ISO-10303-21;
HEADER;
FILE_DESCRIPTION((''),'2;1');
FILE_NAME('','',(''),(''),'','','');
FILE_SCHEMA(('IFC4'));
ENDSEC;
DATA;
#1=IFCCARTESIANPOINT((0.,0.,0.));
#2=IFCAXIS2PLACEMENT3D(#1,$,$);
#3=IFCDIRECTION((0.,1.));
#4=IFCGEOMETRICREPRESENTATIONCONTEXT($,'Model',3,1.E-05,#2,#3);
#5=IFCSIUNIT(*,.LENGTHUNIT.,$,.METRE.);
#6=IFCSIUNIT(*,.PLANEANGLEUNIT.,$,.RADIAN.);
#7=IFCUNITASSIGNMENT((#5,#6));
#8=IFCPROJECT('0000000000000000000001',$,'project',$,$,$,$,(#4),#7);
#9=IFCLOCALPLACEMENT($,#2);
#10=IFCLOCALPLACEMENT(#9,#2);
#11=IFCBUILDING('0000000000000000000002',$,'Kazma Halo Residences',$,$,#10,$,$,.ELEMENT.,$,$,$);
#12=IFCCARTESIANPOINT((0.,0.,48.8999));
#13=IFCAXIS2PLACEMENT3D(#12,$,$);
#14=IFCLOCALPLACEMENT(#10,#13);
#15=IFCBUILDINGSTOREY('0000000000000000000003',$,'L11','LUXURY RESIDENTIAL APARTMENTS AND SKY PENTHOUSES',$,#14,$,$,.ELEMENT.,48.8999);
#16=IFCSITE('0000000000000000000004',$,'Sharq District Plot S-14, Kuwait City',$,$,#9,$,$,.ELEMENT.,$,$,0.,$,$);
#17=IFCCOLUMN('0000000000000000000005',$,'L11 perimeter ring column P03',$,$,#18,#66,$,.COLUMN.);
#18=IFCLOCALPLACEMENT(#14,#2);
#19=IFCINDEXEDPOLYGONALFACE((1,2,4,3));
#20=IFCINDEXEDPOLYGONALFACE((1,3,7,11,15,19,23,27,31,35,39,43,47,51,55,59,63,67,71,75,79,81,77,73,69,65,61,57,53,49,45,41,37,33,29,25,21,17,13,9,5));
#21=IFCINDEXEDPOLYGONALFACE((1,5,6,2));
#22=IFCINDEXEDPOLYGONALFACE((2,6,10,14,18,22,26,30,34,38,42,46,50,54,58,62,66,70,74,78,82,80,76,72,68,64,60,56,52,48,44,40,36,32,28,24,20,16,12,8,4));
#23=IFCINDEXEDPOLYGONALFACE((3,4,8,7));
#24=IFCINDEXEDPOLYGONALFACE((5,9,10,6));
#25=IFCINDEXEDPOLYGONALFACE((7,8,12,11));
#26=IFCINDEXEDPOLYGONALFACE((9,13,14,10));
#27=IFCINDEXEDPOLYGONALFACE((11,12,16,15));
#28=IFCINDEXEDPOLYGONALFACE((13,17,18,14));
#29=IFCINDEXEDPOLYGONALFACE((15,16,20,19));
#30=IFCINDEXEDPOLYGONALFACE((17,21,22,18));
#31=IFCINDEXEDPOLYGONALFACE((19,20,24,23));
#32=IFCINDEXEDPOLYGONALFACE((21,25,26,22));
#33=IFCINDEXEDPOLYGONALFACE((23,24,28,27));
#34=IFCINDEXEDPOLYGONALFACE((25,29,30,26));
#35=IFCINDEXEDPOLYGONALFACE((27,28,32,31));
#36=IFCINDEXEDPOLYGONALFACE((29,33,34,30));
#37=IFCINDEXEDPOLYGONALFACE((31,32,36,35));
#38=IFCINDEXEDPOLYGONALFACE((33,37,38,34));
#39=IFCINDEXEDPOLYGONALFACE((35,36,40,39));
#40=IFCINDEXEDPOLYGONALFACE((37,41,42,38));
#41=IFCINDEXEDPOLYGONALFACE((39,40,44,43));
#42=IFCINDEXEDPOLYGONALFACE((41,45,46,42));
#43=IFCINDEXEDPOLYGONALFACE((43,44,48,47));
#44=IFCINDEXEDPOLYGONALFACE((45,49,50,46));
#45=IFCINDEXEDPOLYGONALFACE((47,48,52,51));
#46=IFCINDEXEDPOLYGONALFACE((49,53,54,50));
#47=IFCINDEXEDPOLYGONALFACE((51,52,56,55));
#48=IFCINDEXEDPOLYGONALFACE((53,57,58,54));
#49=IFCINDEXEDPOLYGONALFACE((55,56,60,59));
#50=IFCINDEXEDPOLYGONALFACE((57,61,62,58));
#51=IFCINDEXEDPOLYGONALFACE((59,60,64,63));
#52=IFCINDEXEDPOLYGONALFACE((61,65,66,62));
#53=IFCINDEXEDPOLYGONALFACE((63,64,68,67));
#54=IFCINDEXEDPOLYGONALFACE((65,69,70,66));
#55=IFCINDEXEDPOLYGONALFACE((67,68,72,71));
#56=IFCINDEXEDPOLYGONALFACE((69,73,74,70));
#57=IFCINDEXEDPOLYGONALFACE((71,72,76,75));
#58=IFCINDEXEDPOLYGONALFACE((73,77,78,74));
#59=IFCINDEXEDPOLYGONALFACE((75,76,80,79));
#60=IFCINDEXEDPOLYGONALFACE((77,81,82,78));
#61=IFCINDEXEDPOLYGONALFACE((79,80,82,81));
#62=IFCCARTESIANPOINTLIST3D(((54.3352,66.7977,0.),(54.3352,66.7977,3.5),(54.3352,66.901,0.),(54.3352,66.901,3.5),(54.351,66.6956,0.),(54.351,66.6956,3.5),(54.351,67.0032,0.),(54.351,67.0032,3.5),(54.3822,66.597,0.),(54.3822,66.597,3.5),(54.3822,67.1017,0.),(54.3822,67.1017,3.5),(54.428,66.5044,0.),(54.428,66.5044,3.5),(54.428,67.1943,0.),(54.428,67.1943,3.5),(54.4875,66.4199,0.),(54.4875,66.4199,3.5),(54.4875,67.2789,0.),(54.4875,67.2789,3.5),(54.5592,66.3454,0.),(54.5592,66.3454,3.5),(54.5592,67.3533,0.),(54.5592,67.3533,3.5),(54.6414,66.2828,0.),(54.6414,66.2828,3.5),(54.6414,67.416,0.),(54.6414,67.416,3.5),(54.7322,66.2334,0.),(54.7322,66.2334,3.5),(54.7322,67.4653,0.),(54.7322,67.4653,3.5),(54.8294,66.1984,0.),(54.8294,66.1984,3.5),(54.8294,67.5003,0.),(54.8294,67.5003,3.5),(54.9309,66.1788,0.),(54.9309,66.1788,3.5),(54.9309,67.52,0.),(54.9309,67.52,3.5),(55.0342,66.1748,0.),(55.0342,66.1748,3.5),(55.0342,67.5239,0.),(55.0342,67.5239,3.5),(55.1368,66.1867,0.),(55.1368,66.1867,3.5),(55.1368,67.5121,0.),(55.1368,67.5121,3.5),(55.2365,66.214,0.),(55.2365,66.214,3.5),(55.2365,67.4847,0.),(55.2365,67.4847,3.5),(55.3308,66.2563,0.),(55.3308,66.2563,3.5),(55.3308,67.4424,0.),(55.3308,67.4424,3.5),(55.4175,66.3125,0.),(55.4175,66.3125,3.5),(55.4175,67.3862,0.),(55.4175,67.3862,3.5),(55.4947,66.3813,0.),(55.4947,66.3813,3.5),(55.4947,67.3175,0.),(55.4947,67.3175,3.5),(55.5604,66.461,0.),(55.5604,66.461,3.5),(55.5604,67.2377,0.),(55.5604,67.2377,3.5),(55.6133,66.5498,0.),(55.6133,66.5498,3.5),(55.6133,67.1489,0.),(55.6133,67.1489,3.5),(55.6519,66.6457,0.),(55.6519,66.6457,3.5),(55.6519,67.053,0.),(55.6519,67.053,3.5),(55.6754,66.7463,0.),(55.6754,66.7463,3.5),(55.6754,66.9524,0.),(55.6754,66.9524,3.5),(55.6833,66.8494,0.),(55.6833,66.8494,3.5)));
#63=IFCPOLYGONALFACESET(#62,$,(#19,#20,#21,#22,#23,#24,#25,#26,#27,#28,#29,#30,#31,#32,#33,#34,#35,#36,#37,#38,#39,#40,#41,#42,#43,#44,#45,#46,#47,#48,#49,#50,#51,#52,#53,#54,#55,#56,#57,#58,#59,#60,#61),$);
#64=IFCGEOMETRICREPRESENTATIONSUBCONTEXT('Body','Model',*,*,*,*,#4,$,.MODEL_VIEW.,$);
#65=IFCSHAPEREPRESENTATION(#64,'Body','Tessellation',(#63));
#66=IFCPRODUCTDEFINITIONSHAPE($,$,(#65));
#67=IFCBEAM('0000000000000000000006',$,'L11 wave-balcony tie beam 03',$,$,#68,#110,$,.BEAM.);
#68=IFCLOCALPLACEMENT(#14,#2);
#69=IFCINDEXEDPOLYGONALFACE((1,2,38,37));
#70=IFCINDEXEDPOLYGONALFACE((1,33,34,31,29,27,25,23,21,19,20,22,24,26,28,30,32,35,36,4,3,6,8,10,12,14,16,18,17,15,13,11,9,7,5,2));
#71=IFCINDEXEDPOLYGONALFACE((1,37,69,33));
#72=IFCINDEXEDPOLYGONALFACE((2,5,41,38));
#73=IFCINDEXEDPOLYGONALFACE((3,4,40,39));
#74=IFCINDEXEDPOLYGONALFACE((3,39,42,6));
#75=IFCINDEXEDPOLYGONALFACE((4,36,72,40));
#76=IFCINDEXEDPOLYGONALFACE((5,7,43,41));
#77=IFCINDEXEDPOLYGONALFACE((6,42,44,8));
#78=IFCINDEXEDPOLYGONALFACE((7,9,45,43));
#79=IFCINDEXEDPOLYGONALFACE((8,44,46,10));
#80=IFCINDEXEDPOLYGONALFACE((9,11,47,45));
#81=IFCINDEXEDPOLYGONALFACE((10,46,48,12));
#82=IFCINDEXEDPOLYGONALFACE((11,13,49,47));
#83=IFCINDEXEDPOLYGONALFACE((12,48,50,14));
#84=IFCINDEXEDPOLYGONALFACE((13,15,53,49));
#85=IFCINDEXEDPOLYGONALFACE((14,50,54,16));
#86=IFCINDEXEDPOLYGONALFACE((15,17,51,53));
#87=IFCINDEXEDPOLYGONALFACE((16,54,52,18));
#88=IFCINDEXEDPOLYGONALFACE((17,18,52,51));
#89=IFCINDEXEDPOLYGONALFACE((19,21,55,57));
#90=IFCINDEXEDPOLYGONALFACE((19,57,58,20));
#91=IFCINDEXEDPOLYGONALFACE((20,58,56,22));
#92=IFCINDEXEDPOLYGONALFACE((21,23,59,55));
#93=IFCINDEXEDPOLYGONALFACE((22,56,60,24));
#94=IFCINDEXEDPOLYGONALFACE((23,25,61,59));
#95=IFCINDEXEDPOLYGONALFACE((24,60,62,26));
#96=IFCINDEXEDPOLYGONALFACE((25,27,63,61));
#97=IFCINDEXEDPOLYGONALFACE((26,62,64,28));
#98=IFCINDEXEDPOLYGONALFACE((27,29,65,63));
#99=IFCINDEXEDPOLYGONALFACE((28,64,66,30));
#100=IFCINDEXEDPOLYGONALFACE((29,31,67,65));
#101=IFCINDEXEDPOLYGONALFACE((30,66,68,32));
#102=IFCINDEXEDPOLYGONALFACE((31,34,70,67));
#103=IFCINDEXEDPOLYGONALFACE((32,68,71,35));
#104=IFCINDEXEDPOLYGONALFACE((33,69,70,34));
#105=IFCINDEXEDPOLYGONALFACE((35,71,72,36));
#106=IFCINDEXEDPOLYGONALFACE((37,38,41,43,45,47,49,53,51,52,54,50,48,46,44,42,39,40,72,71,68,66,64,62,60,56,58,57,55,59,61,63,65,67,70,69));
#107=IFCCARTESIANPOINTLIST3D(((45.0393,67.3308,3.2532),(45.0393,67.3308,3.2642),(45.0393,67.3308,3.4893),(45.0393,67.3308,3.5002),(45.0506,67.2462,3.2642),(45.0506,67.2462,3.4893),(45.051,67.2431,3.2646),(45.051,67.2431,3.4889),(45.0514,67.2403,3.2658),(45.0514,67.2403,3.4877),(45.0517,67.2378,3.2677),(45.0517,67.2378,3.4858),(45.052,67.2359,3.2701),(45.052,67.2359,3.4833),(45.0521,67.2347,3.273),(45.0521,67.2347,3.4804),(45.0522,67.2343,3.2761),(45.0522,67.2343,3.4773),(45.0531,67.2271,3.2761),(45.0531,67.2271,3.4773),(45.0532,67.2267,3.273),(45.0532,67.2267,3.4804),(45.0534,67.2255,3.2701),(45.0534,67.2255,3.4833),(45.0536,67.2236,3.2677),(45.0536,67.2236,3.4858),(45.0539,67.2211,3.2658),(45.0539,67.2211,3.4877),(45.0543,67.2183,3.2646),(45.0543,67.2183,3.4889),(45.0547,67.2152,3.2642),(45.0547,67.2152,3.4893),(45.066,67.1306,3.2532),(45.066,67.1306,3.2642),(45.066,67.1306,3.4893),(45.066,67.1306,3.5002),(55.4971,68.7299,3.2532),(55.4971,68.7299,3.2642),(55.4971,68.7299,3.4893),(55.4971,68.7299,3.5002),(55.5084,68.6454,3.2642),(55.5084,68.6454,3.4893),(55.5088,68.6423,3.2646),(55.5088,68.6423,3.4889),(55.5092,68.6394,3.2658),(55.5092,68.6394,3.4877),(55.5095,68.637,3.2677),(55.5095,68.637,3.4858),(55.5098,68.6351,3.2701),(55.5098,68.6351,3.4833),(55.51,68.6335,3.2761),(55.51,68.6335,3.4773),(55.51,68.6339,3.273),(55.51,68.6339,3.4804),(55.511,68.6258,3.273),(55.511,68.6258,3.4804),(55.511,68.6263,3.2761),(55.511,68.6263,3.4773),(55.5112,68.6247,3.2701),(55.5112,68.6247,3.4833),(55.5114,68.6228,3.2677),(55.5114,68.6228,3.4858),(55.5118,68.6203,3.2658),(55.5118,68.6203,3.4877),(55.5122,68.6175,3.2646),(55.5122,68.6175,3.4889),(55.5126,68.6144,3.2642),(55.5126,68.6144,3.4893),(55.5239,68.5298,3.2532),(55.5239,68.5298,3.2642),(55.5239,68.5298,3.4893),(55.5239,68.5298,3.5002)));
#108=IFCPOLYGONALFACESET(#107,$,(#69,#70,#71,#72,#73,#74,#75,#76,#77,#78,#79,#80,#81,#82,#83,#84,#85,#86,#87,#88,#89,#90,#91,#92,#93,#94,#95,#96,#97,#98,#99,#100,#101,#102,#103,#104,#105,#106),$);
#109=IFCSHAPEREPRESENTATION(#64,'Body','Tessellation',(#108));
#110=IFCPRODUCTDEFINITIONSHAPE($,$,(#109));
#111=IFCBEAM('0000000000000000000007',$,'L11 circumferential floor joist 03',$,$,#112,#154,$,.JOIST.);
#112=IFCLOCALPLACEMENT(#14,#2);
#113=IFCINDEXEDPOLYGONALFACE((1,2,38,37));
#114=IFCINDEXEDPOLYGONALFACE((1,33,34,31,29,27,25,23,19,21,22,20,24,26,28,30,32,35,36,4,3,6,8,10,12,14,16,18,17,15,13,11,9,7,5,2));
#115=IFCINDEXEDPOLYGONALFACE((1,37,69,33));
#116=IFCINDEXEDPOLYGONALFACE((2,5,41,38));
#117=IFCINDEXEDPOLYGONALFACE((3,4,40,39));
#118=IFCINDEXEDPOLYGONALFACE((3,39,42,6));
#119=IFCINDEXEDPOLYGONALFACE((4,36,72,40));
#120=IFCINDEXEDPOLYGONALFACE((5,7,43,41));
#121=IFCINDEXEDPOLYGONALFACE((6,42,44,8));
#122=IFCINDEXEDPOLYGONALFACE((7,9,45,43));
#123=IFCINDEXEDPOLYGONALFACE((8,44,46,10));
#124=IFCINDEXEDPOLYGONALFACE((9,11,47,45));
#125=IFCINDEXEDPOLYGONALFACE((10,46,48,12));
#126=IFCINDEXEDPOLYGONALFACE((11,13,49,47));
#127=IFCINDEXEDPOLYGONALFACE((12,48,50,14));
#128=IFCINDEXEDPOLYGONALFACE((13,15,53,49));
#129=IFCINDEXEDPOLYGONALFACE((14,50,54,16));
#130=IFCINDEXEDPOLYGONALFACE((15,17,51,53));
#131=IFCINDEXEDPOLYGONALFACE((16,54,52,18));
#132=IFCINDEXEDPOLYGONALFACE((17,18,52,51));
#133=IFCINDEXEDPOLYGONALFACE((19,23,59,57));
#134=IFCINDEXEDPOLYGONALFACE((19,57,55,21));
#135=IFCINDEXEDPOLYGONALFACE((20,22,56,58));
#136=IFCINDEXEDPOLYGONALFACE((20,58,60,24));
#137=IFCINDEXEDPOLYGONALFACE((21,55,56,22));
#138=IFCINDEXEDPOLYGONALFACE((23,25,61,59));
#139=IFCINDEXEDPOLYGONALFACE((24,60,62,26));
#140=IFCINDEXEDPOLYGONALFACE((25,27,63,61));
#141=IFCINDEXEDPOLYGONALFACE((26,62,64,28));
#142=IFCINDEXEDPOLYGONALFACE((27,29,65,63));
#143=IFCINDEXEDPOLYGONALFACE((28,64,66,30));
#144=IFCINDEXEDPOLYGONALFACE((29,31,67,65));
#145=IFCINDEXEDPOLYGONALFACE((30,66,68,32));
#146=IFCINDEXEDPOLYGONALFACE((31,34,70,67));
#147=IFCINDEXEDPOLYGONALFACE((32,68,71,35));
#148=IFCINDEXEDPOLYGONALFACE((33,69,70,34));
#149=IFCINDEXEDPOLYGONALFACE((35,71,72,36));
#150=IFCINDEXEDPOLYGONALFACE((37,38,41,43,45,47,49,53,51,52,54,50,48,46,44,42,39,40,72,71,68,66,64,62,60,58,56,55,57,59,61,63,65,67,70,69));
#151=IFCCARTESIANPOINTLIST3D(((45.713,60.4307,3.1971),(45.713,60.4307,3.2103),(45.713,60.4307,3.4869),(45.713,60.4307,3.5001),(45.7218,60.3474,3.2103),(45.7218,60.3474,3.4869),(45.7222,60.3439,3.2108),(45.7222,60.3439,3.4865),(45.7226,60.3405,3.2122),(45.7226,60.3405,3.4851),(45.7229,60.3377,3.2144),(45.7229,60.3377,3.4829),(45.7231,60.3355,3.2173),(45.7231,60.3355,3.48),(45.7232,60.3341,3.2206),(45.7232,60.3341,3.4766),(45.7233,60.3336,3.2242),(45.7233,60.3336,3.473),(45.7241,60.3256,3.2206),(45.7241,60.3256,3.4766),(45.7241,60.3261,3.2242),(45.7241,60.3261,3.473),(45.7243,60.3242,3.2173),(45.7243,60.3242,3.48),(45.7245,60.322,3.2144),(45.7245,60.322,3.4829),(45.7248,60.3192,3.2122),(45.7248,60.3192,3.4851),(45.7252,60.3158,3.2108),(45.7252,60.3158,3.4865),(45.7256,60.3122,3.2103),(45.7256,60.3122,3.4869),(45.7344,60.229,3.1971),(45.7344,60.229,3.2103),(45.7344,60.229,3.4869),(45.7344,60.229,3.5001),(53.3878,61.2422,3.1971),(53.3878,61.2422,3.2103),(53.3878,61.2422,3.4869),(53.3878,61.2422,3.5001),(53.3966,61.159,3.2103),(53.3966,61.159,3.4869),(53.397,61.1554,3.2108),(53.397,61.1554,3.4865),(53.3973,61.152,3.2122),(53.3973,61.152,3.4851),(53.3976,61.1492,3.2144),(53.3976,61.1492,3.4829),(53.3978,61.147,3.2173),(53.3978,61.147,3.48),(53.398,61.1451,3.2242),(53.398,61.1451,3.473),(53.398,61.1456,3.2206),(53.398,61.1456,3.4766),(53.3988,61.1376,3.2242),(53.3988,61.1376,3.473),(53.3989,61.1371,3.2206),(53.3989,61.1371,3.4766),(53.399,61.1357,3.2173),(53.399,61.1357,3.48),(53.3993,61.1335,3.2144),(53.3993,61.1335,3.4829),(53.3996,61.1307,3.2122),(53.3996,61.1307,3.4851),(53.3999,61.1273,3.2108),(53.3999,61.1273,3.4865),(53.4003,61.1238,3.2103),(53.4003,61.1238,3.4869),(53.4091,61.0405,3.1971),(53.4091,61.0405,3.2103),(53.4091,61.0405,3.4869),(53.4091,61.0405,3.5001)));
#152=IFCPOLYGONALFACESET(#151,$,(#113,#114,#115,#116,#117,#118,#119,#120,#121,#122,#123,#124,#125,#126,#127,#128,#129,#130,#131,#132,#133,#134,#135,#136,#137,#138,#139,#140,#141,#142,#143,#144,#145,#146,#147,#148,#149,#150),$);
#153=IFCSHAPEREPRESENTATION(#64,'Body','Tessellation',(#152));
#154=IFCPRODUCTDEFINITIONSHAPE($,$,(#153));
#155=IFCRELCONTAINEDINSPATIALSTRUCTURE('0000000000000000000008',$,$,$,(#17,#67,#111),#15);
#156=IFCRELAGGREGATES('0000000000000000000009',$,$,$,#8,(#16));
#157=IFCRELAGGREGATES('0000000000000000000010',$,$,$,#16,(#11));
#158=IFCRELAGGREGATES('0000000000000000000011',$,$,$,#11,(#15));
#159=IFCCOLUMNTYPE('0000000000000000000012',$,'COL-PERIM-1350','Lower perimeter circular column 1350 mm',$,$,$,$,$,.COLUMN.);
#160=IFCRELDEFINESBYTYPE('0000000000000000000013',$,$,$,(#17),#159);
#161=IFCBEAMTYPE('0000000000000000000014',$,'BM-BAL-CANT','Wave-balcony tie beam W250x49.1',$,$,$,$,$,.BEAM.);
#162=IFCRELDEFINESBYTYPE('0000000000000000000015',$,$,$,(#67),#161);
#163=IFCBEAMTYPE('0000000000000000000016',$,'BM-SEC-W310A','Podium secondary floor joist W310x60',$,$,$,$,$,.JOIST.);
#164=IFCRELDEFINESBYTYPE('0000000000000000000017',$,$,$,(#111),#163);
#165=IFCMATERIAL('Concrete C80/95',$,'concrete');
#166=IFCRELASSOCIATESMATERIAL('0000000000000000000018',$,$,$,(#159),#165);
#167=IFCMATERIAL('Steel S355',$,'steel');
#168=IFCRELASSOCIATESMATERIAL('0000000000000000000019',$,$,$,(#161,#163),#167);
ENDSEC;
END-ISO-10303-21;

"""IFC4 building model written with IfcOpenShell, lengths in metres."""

from ifc_helpers import new_model, si_unit, direction, frame, origin, origin_2d, place, context, subcontext, project, spatial, circle, i_section, extrude, material, material_profile, profile_set, type_object, element, save


model = new_model("IFC4")

# Units and contexts
model_context = context("Model", 3, precision=1e-05, world=origin(), true_north=direction((0.0, 1.0)))
body_context = subcontext(model_context, "Body", "Model", "MODEL_VIEW")
ifc_project = project(units=[si_unit("LENGTHUNIT", "METRE"), si_unit("PLANEANGLEUNIT", "RADIAN")], contexts=[model_context])

# Site, building, storey
site_placement = place(None, origin())
site = spatial("IfcSite", under=ifc_project, at=site_placement, Name="Sharq District Plot S-14, Kuwait City", CompositionType="ELEMENT", RefElevation=0.0)
building_placement = place(site_placement, origin())
building = spatial("IfcBuilding", under=site, at=building_placement, Name="Kazma Halo Residences", CompositionType="ELEMENT")
storey_placement = place(building_placement, frame((0.0, 0.0, 48.8999)))
storey = spatial("IfcBuildingStorey", under=building, at=storey_placement, Name="L11", Description="LUXURY RESIDENTIAL APARTMENTS AND SKY PENTHOUSES", CompositionType="ELEMENT", Elevation=48.8999)

# Column
ifc_material_1 = material(Name="Concrete C80/95", Category="concrete")
ifc_material_profile_1 = material_profile(ifc_material_1, circle(Radius=0.675, at=origin_2d()), Name="CIRC1350")
ifc_profile_set_1 = profile_set([ifc_material_profile_1], Name="Concrete C80/95")
column_type = type_object("IfcColumnType", Name="COL-PERIM-1350", Description="Lower perimeter circular column 1350 mm", PredefinedType="COLUMN", material=ifc_profile_set_1)
column_placement = place(storey_placement, frame((55.0083, 66.8494, 0.0), z_axis=(0.0, 0.0, 1.0), x_axis=(1.0, 0.0, 0.0)))
element("IfcColumn", 1, at=column_placement, inside=storey, type_object=column_type, Name="L11 perimeter ring column P03", PredefinedType="COLUMN", context=body_context, shape_type="SweptSolid", body=[
    extrude(circle(Radius=0.675, at=origin_2d()), origin(), (0.0, 0.0, 1.0), 3.5),
])

# Beams
ifc_material_2 = material(Name="Steel S355", Category="steel")
ifc_material_profile_2 = material_profile(ifc_material_2, i_section(OverallWidth=0.2019, OverallDepth=0.2471, WebThickness=0.0073, FlangeThickness=0.011, FilletRadius=0.012, at=origin_2d()), Name="W250x49.1")
ifc_profile_set_2 = profile_set([ifc_material_profile_2], Name="Steel S355")
beam_type_1 = type_object("IfcBeamType", Name="BM-BAL-CANT", Description="Wave-balcony tie beam W250x49.1", PredefinedType="BEAM", material=ifc_profile_set_2)
beam_1_placement = place(storey_placement, frame((55.5105, 68.6299, 3.3767), z_axis=(-0.991168, -0.132611, 0.0), x_axis=(0.132611, -0.991168, 0.0)))
element("IfcBeam", 2, at=beam_1_placement, inside=storey, type_object=beam_type_1, Name="L11 wave-balcony tie beam 03", PredefinedType="BEAM", context=body_context, shape_type="SweptSolid", body=[
    extrude(i_section(OverallWidth=0.2019, OverallDepth=0.2471, WebThickness=0.0073, FlangeThickness=0.011, FilletRadius=0.012, at=origin_2d()), origin(), (0.0, 0.0, 1.0), 10.551),
])
ifc_material_profile_3 = material_profile(ifc_material_2, i_section(OverallWidth=0.2029, OverallDepth=0.303, WebThickness=0.0076, FlangeThickness=0.0132, FilletRadius=0.0139, at=origin_2d()), Name="W310x60")
ifc_profile_set_3 = profile_set([ifc_material_profile_3], Name="Steel S355")
beam_type_2 = type_object("IfcBeamType", Name="BM-SEC-W310A", Description="Podium secondary floor joist W310x60", PredefinedType="JOIST", material=ifc_profile_set_3)
beam_2_placement = place(storey_placement, frame((53.3984, 61.1414, 3.3486), z_axis=(-0.994456, -0.105152, 0.0), x_axis=(0.105152, -0.994456, 0.0)))
element("IfcBeam", 3, at=beam_2_placement, inside=storey, type_object=beam_type_2, Name="L11 circumferential floor joist 03", PredefinedType="JOIST", context=body_context, shape_type="SweptSolid", body=[
    extrude(i_section(OverallWidth=0.2029, OverallDepth=0.303, WebThickness=0.0076, FlangeThickness=0.0132, FilletRadius=0.0139, at=origin_2d()), origin(), (0.0, 0.0, 1.0), 7.7175),
])

save(model, "model.ifc")
